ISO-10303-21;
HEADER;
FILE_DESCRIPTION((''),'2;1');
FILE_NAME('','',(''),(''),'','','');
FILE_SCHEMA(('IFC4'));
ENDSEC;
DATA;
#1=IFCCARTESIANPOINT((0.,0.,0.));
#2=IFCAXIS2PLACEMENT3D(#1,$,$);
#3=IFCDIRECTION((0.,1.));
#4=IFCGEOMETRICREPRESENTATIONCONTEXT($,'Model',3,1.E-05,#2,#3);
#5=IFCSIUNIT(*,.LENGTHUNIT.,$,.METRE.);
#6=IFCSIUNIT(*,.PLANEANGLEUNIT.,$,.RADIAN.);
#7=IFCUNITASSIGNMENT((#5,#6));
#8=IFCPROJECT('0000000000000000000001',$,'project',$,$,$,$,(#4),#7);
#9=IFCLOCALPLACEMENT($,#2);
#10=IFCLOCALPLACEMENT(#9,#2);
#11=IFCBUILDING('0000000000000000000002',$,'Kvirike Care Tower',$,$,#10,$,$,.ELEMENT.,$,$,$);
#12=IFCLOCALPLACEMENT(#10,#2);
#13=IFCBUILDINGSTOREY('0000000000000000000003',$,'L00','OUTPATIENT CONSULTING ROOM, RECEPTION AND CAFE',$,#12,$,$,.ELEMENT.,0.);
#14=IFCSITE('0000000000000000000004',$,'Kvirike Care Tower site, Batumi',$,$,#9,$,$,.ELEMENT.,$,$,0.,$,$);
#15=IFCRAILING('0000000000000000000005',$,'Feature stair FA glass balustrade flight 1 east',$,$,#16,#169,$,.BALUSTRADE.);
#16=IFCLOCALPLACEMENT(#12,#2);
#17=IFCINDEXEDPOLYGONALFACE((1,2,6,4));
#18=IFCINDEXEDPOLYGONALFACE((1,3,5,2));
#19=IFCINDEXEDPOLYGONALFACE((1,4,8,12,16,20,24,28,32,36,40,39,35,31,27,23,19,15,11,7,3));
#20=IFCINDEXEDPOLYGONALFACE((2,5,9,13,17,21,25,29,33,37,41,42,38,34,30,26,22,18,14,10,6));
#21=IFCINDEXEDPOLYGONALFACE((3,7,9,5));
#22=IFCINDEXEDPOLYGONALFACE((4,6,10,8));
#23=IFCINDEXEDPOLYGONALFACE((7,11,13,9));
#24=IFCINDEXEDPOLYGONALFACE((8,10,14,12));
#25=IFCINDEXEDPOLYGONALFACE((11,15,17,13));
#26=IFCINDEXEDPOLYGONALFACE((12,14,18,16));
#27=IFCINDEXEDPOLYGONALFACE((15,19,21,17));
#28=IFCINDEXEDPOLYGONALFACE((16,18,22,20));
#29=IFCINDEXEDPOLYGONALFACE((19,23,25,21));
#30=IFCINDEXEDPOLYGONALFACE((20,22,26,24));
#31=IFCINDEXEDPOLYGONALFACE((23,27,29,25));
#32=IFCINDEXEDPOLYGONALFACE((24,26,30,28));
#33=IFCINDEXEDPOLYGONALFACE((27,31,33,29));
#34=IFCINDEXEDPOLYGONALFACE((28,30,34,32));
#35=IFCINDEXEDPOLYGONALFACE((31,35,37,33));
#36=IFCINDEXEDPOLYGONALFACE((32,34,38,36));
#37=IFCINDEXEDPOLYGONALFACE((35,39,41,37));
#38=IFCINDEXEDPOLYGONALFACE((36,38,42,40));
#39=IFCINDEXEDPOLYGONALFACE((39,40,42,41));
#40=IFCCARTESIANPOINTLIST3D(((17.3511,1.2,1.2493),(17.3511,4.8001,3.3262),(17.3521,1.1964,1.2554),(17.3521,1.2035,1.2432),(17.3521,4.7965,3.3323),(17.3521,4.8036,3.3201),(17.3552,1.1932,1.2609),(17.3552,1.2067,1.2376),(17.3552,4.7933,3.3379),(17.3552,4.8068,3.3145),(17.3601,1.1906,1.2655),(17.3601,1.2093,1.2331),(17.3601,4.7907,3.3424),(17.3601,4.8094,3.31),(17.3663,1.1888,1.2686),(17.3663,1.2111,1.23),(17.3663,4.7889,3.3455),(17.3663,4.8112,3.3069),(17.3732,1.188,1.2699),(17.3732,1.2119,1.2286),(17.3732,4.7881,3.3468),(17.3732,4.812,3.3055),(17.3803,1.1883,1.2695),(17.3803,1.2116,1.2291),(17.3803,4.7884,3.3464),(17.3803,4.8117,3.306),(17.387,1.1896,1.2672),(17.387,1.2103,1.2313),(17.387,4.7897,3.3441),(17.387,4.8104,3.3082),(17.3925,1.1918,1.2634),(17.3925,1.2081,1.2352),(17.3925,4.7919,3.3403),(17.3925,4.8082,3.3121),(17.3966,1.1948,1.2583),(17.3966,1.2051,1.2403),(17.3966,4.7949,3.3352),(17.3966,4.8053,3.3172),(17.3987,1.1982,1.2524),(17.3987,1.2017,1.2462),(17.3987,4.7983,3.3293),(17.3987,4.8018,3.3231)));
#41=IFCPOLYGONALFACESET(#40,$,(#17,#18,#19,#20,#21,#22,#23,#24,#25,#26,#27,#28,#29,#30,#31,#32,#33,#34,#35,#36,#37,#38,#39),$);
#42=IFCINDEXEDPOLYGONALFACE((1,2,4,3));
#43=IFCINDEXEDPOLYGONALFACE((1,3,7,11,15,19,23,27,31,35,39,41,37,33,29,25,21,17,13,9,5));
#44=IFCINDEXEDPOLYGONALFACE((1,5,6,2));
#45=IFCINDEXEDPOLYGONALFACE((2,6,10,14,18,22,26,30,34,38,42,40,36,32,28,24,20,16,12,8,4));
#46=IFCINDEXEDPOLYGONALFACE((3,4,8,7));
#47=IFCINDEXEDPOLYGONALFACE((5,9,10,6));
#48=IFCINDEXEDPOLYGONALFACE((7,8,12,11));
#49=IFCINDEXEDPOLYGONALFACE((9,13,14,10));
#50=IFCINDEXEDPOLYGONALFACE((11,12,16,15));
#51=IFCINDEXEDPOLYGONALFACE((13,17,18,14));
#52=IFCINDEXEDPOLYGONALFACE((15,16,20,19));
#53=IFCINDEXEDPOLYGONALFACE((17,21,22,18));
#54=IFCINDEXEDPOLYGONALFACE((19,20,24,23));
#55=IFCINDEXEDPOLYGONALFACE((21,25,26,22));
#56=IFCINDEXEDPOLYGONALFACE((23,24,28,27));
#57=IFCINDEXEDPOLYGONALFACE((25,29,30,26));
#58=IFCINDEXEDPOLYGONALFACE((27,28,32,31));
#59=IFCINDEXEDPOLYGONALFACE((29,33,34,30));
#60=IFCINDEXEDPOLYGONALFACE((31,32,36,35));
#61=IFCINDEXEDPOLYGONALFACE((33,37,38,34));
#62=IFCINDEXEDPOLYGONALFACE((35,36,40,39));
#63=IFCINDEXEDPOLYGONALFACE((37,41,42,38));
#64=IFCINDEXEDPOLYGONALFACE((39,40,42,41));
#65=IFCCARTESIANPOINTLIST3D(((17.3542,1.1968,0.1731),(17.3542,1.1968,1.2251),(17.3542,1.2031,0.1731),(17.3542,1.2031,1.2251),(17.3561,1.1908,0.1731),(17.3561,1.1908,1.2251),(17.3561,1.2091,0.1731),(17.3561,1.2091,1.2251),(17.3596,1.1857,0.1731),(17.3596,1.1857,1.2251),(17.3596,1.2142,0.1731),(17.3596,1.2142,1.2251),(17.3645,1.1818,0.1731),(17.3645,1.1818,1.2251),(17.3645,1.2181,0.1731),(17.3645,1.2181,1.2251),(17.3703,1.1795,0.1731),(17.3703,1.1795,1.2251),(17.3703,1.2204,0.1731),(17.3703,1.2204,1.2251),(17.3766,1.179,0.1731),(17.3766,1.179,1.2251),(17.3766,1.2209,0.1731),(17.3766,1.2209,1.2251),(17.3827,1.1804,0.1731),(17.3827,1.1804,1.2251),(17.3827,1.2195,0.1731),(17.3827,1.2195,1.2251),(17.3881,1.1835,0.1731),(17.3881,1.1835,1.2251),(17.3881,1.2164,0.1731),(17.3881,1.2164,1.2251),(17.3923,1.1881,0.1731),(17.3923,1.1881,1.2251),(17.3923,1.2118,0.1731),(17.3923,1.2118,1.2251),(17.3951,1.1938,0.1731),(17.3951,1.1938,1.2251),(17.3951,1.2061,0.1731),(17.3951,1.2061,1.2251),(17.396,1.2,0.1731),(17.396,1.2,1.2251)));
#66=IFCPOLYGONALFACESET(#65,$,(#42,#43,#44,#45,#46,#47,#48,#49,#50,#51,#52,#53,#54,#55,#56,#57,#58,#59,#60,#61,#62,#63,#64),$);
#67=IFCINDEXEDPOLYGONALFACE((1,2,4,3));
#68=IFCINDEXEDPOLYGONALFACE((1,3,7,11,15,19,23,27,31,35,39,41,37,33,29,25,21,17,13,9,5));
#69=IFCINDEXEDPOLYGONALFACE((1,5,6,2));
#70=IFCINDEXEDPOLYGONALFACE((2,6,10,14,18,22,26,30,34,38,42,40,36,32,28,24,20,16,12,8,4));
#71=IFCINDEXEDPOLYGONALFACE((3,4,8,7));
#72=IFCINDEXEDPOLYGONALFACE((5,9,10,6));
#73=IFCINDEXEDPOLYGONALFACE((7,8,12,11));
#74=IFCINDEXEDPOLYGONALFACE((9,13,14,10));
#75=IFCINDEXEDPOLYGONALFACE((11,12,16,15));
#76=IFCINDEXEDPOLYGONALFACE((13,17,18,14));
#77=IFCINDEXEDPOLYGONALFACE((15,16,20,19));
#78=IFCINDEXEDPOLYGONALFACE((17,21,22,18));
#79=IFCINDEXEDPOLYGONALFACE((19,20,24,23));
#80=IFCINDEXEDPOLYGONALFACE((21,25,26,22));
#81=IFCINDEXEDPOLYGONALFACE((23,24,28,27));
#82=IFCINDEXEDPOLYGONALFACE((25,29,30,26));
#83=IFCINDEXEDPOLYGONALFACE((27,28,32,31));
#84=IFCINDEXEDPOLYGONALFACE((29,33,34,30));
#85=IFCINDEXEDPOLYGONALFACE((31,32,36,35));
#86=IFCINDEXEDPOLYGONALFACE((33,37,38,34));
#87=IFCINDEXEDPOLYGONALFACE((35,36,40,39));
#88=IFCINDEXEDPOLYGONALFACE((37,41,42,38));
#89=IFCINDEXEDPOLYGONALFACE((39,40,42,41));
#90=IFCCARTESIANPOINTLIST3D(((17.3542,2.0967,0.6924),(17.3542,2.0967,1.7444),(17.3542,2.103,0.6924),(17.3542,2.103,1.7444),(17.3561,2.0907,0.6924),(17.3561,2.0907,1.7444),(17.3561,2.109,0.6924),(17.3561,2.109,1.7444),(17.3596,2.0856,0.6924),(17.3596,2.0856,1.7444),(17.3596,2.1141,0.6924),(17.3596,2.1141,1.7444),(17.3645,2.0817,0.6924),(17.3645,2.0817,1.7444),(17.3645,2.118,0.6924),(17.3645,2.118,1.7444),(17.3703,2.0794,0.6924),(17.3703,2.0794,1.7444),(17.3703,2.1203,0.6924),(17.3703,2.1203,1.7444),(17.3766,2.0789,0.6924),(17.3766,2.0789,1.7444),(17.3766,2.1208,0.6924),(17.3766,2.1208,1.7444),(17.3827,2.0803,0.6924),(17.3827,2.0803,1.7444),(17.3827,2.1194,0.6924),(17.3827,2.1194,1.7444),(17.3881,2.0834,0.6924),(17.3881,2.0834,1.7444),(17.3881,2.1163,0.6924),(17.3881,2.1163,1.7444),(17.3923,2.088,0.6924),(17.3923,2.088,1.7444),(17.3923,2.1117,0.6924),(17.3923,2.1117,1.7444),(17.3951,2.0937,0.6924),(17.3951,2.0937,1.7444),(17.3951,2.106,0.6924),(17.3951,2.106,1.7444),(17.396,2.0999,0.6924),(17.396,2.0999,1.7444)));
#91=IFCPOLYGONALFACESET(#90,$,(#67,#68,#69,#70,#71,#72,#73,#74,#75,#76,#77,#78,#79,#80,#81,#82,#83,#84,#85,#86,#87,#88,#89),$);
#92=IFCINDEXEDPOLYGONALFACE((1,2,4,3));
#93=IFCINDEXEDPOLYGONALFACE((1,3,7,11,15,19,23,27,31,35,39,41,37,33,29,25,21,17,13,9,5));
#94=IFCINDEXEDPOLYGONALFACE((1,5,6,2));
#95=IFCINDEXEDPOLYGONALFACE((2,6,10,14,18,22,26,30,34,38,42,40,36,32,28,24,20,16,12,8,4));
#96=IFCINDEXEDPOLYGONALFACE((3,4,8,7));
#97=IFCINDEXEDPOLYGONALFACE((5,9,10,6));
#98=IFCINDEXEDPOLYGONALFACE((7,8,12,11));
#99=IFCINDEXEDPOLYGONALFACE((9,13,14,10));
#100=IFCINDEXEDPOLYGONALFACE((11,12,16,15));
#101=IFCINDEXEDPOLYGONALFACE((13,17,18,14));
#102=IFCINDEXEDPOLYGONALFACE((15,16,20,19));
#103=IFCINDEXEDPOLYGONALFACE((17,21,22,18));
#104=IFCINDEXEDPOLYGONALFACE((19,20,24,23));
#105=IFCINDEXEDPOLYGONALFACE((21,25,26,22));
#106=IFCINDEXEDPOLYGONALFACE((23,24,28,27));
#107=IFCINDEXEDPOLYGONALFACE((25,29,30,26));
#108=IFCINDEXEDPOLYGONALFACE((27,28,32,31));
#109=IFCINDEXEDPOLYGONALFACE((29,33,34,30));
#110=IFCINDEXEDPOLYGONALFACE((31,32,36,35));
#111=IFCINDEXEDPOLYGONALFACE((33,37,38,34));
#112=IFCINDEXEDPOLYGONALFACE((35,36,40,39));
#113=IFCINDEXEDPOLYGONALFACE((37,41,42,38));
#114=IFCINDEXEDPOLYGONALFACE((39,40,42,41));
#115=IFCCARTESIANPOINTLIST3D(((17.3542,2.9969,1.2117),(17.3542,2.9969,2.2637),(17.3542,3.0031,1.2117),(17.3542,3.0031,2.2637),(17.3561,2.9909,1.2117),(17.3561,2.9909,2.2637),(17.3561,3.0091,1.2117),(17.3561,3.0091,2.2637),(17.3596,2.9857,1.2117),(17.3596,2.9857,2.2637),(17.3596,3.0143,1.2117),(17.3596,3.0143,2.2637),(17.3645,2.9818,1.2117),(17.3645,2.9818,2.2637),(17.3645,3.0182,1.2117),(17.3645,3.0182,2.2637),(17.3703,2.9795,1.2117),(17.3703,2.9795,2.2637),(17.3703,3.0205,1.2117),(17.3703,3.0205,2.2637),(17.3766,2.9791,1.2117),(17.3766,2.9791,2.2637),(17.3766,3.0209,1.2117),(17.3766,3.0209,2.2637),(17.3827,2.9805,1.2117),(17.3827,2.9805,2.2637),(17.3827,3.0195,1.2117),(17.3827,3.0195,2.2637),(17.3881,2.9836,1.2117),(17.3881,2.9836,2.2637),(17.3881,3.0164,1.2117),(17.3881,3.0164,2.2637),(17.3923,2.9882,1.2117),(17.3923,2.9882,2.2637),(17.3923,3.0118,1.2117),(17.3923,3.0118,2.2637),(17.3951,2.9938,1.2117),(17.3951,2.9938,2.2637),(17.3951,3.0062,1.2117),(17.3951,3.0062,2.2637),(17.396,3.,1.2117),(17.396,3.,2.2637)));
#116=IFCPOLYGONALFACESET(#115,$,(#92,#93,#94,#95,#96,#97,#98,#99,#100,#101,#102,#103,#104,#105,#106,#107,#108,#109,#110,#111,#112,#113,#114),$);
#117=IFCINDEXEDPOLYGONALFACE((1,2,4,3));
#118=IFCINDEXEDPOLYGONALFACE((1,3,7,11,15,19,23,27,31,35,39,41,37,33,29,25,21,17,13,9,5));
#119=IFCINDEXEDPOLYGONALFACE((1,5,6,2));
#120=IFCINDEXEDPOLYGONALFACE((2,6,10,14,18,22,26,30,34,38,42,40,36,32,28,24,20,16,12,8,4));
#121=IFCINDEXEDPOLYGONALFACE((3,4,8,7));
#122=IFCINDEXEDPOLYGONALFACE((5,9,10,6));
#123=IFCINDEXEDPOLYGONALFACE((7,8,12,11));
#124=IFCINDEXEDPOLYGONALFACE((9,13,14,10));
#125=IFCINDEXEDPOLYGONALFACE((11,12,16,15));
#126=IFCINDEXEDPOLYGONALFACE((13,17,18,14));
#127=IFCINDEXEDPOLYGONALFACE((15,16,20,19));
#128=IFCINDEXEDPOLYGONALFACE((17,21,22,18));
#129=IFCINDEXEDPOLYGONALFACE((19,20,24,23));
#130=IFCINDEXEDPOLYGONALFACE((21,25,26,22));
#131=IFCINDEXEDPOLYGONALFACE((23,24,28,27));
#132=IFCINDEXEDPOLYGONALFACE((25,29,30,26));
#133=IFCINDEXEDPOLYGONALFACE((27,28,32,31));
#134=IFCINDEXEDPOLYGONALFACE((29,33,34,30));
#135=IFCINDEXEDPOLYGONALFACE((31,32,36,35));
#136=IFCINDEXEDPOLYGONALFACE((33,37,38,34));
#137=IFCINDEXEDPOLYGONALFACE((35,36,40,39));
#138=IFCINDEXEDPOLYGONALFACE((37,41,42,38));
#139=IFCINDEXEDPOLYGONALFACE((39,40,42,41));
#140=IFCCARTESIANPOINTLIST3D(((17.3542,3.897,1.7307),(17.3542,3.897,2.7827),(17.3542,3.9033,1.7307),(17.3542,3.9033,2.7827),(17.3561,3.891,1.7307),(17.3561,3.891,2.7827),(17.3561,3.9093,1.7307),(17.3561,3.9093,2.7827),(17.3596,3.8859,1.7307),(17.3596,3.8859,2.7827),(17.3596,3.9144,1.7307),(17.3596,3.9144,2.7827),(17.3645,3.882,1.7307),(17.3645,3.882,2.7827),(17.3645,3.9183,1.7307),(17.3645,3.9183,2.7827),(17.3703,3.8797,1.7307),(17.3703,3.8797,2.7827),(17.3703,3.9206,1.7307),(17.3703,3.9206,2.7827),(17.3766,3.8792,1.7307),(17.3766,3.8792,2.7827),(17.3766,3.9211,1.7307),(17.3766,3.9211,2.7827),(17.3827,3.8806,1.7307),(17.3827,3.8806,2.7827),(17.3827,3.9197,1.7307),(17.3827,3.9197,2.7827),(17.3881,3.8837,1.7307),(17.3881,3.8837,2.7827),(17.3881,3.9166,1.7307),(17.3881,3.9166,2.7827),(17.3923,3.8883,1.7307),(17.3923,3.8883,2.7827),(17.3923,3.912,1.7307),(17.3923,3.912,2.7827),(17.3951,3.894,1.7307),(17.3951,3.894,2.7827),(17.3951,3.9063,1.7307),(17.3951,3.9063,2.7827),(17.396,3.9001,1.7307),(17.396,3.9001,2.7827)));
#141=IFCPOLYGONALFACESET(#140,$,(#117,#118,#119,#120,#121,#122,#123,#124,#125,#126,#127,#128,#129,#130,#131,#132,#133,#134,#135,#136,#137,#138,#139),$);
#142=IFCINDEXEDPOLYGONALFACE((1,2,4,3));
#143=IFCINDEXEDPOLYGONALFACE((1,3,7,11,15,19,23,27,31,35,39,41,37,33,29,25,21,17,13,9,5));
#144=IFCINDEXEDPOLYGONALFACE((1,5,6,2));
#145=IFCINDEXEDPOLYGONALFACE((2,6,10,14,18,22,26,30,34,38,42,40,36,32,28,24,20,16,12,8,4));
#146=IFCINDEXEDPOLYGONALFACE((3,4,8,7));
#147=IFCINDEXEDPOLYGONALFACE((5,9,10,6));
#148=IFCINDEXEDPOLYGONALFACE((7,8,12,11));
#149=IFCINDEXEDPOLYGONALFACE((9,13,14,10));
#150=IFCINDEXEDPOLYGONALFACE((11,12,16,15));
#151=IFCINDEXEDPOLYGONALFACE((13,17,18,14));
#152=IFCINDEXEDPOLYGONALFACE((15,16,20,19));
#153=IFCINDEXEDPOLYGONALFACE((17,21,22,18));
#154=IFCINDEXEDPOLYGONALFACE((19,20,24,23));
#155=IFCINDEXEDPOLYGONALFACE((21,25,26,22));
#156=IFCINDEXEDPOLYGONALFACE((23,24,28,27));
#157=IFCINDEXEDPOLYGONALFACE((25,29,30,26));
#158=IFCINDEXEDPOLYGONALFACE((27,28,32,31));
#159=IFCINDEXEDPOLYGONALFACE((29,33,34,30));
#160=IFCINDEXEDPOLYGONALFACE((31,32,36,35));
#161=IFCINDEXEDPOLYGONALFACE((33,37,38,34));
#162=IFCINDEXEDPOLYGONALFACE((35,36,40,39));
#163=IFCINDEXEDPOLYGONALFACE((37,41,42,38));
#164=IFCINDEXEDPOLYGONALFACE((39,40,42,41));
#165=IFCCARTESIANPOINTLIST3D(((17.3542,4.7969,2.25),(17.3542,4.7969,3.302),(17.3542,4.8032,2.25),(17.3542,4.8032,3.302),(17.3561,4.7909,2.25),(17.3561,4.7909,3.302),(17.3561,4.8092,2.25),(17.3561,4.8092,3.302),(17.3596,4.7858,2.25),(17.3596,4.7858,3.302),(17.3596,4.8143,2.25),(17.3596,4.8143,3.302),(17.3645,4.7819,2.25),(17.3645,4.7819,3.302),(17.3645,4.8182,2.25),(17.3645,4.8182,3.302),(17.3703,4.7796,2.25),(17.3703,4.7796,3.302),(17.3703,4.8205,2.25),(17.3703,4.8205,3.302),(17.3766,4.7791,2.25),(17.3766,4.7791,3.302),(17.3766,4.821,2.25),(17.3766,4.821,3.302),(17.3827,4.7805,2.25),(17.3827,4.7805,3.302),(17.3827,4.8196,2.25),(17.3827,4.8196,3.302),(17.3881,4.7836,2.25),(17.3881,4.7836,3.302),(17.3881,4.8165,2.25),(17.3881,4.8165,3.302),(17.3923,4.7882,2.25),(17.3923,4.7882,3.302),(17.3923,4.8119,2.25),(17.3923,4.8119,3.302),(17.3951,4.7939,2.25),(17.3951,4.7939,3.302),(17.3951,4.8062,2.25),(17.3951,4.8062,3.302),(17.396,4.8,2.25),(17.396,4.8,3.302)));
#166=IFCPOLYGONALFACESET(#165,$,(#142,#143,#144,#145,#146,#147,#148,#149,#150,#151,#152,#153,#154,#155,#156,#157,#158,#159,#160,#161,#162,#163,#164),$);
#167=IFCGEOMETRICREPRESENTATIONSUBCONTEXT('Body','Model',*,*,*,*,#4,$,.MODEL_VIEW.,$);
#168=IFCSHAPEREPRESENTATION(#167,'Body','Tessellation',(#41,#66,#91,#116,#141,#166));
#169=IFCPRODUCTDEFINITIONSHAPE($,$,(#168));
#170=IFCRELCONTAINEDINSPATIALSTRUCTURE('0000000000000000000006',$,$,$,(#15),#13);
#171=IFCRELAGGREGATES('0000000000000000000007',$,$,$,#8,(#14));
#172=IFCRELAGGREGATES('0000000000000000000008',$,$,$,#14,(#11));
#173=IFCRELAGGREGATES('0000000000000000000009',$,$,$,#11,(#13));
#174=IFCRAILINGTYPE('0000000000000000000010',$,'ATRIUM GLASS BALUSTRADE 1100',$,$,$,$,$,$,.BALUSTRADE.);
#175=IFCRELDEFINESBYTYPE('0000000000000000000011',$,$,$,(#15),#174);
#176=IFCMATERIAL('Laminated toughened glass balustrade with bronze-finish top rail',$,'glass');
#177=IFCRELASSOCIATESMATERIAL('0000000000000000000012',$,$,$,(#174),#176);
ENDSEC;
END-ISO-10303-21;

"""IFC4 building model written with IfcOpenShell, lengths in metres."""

from ifc_helpers import new_model, si_unit, direction, frame, origin, origin_2d, place, context, subcontext, project, spatial, circle, extrude, material, type_object, element, save


model = new_model("IFC4")

# Units and contexts
model_context = context("Model", 3, precision=1e-05, world=origin(), true_north=direction((0.0, 1.0)))
body_context = subcontext(model_context, "Body", "Model", "MODEL_VIEW")
ifc_project = project(units=[si_unit("LENGTHUNIT", "METRE"), si_unit("PLANEANGLEUNIT", "RADIAN")], contexts=[model_context])

# Site, building, storey
site_placement = place(None, origin())
site = spatial("IfcSite", under=ifc_project, at=site_placement, Name="Kvirike Care Tower site, Batumi", CompositionType="ELEMENT", RefElevation=0.0)
building_placement = place(site_placement, origin())
building = spatial("IfcBuilding", under=site, at=building_placement, Name="Kvirike Care Tower", CompositionType="ELEMENT")
storey_placement = place(building_placement, origin())
storey = spatial("IfcBuildingStorey", under=building, at=storey_placement, Name="L00", Description="OUTPATIENT CONSULTING ROOM, RECEPTION AND CAFE", CompositionType="ELEMENT", Elevation=0.0)

# Railing
ifc_material_1 = material(Name="Laminated toughened glass balustrade with bronze-finish top rail", Category="glass")
railing_type_1 = type_object("IfcRailingType", Name="ATRIUM GLASS BALUSTRADE 1100", PredefinedType="BALUSTRADE", material=ifc_material_1)
railing_1_placement = place(storey_placement, frame((17.375, 1.2, 0.1731)))
element("IfcRailing", 1, at=railing_1_placement, inside=storey, type_object=railing_type_1, Name="Feature stair FA glass balustrade flight 1 east", PredefinedType="BALUSTRADE", context=body_context, shape_type="SweptSolid", body=[
    extrude(circle(Radius=0.0239, at=origin_2d()), frame((0.0, 0.0, 1.0762), z_axis=(0.0, 0.866193, 0.499709), x_axis=(-1.0, 0.0, 0.0)), (0.0, 0.0, 1.0), 4.1562),
    extrude(circle(Radius=0.021, at=origin_2d()), origin(), (0.0, 0.0, 1.0), 1.052),
    extrude(circle(Radius=0.021, at=origin_2d()), frame((0.0, 0.8999, 0.5193)), (0.0, 0.0, 1.0), 1.052),
    extrude(circle(Radius=0.021, at=origin_2d()), frame((0.0, 1.8, 1.0386)), (0.0, 0.0, 1.0), 1.052),
    extrude(circle(Radius=0.021, at=origin_2d()), frame((0.0, 2.7002, 1.5576)), (0.0, 0.0, 1.0), 1.052),
    extrude(circle(Radius=0.021, at=origin_2d()), frame((0.0, 3.6001, 2.0769)), (0.0, 0.0, 1.0), 1.052),
])

save(model, "model.ifc")
